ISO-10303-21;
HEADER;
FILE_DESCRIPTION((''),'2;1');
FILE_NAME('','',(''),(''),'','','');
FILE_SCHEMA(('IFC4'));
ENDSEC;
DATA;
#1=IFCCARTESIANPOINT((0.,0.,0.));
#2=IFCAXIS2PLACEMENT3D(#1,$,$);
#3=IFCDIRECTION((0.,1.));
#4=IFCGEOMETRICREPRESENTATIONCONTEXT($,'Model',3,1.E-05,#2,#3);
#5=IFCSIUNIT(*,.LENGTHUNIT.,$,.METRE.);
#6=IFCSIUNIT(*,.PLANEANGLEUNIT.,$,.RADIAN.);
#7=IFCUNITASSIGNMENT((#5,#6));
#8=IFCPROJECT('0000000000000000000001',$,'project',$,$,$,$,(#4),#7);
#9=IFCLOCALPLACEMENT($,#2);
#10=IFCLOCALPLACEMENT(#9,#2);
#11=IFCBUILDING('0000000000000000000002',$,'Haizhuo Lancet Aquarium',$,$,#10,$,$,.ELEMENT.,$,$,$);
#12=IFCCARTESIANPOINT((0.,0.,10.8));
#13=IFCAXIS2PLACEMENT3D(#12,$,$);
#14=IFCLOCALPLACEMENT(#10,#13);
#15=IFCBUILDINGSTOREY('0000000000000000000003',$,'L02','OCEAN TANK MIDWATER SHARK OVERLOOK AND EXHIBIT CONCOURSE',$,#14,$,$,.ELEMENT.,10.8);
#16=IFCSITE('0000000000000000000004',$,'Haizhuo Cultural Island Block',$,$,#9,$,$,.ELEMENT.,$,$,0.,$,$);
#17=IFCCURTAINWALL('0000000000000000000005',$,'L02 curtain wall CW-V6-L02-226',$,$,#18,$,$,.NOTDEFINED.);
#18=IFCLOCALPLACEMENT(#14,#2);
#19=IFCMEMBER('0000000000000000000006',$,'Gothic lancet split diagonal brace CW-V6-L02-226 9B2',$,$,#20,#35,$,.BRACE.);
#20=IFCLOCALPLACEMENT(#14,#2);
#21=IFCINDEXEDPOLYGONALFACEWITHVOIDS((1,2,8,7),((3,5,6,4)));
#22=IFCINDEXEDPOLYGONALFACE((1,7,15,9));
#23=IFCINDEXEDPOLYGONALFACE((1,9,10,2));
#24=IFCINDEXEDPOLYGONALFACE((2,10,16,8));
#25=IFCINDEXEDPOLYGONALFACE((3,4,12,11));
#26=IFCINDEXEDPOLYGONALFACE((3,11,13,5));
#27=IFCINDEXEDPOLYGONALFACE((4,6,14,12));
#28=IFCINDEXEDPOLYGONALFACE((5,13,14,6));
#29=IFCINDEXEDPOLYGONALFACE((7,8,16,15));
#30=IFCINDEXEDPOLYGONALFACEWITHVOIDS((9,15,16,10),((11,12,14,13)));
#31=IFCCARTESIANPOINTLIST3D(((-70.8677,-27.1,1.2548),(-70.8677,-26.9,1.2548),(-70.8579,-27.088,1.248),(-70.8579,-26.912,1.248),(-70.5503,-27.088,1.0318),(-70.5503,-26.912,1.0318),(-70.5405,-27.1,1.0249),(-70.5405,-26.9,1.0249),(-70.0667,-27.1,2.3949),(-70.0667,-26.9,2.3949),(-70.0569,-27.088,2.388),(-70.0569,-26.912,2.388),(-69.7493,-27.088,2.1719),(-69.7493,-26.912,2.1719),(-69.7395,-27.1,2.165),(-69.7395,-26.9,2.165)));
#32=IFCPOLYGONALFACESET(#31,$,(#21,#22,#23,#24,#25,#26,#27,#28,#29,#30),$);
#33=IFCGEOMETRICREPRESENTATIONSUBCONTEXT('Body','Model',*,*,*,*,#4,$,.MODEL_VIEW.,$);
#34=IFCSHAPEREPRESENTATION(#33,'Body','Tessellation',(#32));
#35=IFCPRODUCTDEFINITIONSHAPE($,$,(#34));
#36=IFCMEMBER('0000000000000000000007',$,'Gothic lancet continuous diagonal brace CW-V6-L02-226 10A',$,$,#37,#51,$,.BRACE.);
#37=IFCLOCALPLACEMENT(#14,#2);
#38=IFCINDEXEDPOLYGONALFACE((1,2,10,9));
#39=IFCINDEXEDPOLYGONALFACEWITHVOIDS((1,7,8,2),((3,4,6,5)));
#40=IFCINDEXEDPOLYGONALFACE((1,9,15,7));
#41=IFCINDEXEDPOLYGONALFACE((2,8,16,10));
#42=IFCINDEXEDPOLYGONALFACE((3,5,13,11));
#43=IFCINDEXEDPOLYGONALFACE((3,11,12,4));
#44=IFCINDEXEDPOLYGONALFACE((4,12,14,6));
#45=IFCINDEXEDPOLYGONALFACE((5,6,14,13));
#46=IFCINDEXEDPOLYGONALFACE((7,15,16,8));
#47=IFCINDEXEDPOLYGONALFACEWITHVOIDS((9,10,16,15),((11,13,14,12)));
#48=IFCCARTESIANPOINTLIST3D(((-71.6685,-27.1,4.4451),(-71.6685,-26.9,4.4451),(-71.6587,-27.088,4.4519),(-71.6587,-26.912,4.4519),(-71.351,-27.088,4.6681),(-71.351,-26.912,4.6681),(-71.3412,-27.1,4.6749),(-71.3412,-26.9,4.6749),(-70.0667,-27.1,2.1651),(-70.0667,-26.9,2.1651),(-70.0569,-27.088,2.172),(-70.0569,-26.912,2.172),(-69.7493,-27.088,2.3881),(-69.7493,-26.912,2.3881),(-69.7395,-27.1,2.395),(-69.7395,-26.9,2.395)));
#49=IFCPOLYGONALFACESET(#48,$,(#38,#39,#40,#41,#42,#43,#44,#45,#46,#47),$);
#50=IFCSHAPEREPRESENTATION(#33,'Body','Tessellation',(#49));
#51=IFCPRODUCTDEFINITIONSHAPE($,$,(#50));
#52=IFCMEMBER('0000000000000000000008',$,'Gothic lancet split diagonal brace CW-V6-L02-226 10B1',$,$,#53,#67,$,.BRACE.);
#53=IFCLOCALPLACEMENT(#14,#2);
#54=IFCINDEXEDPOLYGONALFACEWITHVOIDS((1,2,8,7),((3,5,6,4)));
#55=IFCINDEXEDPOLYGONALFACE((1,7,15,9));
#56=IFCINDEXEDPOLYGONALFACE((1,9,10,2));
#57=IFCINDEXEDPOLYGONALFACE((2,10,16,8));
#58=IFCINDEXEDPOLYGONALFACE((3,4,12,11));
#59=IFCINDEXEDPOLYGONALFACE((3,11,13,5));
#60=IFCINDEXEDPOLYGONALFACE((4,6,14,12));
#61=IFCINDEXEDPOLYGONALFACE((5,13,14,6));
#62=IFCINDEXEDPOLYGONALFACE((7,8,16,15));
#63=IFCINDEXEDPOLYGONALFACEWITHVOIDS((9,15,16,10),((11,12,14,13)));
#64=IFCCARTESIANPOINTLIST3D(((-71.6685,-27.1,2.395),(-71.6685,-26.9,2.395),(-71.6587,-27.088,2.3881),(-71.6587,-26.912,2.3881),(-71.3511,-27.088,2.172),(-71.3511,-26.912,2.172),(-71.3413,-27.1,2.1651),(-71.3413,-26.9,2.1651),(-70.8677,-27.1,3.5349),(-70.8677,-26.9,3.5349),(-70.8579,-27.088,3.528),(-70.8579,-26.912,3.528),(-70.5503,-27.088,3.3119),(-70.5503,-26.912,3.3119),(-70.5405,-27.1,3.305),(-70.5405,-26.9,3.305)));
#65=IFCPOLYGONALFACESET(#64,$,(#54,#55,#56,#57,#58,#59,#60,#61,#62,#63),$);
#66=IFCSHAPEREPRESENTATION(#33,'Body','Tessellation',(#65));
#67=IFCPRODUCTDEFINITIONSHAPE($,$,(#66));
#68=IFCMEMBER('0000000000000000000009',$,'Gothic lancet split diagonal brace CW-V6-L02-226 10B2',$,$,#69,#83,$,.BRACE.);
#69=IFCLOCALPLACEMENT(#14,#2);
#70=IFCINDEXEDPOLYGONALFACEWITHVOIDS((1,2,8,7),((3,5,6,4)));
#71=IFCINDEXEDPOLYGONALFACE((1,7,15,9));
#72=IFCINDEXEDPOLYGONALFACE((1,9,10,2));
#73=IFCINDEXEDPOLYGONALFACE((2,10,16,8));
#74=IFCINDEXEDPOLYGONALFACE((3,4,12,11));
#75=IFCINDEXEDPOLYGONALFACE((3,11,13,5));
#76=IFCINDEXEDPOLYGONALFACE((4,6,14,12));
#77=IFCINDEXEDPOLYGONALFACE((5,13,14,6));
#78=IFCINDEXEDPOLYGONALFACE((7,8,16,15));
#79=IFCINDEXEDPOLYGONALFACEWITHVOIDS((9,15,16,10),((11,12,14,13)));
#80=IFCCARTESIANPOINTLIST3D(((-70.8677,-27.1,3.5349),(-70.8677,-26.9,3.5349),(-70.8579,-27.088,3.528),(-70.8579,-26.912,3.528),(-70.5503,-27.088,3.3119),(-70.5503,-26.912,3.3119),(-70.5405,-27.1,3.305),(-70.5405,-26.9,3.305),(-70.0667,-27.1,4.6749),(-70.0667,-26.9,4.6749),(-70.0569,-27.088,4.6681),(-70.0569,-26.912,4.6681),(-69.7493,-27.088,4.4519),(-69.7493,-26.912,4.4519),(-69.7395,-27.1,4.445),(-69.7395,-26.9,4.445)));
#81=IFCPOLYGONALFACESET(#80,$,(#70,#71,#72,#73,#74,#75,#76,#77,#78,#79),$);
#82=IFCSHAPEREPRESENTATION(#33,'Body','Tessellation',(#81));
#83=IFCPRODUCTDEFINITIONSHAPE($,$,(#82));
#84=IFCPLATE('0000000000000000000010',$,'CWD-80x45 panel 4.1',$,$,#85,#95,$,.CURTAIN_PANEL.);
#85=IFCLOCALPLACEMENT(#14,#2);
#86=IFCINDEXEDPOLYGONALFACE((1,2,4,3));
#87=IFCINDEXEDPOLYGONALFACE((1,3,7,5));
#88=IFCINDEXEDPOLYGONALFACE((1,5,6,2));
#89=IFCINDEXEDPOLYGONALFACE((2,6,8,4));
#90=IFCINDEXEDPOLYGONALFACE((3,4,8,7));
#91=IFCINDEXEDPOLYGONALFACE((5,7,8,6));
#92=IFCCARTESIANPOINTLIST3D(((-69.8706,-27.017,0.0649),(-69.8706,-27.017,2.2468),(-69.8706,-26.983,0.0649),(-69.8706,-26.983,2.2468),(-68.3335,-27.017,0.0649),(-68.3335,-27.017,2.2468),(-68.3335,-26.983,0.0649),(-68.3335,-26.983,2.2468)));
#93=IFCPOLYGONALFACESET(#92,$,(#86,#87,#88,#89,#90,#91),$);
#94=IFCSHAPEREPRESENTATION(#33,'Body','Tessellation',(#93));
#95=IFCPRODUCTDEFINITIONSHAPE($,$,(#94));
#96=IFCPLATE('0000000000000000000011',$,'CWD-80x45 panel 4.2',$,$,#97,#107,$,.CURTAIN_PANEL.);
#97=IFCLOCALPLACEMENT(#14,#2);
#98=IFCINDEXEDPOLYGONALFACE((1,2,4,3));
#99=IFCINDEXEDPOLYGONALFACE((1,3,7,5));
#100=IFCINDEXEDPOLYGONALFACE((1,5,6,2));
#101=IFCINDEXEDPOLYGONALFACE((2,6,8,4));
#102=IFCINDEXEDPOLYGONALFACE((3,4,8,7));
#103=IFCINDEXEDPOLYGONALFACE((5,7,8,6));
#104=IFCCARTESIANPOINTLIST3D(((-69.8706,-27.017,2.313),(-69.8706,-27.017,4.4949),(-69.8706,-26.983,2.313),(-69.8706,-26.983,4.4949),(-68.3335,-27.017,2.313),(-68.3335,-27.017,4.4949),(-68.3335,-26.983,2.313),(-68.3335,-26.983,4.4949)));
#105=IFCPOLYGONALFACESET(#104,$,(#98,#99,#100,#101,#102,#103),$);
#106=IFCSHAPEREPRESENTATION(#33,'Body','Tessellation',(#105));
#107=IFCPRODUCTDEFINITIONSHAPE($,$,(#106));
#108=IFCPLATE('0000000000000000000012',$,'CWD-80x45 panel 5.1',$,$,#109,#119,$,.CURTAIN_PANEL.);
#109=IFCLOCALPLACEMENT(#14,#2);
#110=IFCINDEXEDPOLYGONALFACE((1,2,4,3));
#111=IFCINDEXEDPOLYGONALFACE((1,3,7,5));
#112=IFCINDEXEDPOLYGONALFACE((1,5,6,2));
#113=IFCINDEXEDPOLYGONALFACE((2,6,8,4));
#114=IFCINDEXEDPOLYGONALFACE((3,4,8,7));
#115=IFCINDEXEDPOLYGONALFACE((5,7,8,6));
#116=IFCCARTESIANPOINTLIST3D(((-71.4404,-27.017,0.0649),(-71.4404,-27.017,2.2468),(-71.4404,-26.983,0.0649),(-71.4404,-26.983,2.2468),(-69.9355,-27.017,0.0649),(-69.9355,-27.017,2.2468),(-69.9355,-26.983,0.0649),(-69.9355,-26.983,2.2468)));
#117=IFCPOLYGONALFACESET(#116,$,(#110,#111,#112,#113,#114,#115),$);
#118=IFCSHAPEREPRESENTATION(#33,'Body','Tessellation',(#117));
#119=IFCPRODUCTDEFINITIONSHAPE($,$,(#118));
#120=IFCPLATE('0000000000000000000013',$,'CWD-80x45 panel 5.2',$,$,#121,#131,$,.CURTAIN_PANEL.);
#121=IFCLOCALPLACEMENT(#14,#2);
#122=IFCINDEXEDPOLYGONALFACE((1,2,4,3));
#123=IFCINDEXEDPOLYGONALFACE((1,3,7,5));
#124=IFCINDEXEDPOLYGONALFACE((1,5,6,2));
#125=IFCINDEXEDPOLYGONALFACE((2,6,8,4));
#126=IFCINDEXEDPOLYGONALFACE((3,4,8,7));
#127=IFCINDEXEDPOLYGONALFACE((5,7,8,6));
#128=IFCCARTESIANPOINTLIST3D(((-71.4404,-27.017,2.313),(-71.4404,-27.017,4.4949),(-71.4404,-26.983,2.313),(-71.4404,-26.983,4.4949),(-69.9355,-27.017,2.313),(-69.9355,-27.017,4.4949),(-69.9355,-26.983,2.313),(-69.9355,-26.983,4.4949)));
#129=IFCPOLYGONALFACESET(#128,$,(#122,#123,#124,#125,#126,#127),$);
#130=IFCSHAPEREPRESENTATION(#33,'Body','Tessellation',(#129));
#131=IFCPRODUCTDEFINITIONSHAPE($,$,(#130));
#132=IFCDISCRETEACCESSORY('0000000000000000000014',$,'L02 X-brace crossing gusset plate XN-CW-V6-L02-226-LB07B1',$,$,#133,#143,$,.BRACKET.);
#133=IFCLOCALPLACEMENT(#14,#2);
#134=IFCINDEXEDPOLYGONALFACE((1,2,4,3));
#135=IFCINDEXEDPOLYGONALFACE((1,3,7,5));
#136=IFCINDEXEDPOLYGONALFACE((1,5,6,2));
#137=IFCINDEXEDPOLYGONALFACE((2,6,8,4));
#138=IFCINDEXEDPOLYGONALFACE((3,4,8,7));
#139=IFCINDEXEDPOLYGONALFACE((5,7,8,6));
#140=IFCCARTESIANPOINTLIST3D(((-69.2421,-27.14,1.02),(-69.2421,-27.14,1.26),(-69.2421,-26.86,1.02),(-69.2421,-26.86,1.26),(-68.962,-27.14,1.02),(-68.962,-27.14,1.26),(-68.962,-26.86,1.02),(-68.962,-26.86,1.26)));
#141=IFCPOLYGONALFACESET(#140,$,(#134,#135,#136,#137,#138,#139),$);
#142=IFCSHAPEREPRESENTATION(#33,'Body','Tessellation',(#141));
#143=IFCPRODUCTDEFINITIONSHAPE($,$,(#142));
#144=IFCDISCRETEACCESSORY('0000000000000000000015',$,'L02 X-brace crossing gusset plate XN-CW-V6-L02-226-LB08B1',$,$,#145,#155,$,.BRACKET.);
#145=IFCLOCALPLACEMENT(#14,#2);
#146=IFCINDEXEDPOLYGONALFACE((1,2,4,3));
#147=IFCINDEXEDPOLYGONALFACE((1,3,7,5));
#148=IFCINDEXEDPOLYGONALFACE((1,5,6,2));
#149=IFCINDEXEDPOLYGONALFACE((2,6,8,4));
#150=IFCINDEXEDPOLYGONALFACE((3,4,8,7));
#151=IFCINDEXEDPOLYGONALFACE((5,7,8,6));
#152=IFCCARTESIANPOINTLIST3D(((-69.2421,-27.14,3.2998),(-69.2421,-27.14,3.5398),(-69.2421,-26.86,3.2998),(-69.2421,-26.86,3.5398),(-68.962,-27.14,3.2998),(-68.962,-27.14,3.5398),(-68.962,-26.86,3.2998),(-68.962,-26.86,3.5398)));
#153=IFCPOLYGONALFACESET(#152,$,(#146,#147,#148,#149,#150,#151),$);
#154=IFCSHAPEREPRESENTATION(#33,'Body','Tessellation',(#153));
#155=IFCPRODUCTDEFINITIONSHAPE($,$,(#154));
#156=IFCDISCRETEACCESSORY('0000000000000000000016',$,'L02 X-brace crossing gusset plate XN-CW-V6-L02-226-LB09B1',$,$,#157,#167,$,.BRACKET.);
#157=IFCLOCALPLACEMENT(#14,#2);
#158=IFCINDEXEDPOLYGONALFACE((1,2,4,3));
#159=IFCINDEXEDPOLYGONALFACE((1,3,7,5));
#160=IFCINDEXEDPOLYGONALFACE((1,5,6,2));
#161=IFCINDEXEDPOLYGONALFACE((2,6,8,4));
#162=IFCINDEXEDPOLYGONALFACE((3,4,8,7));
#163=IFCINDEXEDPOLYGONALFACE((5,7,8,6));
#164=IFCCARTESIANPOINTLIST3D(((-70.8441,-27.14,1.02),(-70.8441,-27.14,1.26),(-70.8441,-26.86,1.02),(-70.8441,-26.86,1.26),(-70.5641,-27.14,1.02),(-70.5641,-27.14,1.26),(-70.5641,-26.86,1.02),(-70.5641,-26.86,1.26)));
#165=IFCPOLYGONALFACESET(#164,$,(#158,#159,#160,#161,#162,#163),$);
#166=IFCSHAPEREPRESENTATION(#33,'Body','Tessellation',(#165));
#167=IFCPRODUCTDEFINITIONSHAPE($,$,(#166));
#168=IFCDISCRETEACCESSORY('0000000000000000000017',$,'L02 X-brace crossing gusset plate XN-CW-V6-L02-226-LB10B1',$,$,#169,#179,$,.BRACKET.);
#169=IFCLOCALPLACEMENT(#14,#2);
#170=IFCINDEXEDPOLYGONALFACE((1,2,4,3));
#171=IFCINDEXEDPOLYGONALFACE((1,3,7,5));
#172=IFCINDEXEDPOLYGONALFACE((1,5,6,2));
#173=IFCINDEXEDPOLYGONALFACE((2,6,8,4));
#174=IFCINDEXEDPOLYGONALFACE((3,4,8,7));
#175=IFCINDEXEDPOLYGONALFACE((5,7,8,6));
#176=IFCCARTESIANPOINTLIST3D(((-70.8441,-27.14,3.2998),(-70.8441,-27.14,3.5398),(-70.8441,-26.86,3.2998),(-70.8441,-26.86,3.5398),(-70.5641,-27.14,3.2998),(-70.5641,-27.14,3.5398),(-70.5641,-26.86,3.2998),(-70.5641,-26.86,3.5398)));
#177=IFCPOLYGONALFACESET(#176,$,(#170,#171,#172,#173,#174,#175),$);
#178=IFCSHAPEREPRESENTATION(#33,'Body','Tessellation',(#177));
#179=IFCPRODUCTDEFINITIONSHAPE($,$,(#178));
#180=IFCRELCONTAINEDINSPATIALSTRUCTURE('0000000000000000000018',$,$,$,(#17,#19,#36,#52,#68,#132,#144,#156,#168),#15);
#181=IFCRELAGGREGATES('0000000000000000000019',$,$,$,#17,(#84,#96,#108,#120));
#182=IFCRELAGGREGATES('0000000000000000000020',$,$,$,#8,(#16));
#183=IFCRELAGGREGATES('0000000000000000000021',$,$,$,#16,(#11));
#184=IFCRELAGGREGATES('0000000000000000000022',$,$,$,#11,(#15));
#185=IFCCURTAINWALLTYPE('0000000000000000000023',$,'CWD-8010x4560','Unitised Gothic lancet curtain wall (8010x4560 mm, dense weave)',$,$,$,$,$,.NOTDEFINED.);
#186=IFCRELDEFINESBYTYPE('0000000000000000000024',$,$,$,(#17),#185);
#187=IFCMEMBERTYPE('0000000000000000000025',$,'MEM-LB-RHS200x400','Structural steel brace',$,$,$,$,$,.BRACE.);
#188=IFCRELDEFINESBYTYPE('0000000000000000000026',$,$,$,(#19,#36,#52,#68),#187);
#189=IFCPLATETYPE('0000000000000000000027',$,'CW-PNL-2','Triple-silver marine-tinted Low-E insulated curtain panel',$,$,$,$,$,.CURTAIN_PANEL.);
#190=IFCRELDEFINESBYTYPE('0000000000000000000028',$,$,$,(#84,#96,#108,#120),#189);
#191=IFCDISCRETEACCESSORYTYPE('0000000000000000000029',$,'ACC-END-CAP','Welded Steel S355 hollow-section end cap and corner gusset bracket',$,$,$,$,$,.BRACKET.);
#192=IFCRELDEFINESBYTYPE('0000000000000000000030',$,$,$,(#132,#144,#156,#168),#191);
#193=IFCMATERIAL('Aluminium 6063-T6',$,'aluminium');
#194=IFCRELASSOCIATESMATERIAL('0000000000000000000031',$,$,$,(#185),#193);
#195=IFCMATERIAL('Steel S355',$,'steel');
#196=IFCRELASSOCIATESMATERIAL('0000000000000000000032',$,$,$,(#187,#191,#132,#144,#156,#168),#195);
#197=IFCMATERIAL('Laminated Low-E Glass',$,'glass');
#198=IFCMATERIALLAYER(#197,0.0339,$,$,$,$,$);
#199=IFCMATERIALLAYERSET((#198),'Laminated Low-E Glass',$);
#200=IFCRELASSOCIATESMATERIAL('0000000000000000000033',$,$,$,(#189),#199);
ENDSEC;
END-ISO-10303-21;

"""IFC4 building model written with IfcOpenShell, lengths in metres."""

from ifc_helpers import new_model, si_unit, direction, frame, origin, origin_2d, place, context, subcontext, project, spatial, rectangle, hollow_rectangle, extrude, material, layer, layer_set, material_profile, profile_set, type_object, element, aggregate, save


model = new_model("IFC4")

# Units and contexts
model_context = context("Model", 3, precision=1e-05, world=origin(), true_north=direction((0.0, 1.0)))
body_context = subcontext(model_context, "Body", "Model", "MODEL_VIEW")
ifc_project = project(units=[si_unit("LENGTHUNIT", "METRE"), si_unit("PLANEANGLEUNIT", "RADIAN")], contexts=[model_context])

# Site, building, storey
site_placement = place(None, origin())
site = spatial("IfcSite", under=ifc_project, at=site_placement, Name="Haizhuo Cultural Island Block", CompositionType="ELEMENT", RefElevation=0.0)
building_placement = place(site_placement, origin())
building = spatial("IfcBuilding", under=site, at=building_placement, Name="Haizhuo Lancet Aquarium", CompositionType="ELEMENT")
storey_placement = place(building_placement, frame((0.0, 0.0, 10.8)))
storey = spatial("IfcBuildingStorey", under=building, at=storey_placement, Name="L02", Description="OCEAN TANK MIDWATER SHARK OVERLOOK AND EXHIBIT CONCOURSE", CompositionType="ELEMENT", Elevation=10.8)

# Curtain wall
ifc_material_1 = material(Name="Aluminium 6063-T6", Category="aluminium")
curtain_wall_type = type_object("IfcCurtainWallType", Name="CWD-8010x4560", Description="Unitised Gothic lancet curtain wall (8010x4560 mm, dense weave)", PredefinedType="NOTDEFINED", material=ifc_material_1)
curtain_wall_placement = place(storey_placement, origin())
curtain_wall = element("IfcCurtainWall", 1, at=curtain_wall_placement, inside=storey, type_object=curtain_wall_type, Name="L02 curtain wall CW-V6-L02-226", PredefinedType="NOTDEFINED")

# Members
ifc_material_2 = material(Name="Steel S355", Category="steel")
ifc_material_profile_1 = material_profile(ifc_material_2, hollow_rectangle(XDim=0.2, YDim=0.3999, WallThickness=0.012, at=origin_2d()), Name="RHS 200x400x12")
ifc_profile_set_1 = profile_set([ifc_material_profile_1], Name="Steel S355")
member_type_1 = type_object("IfcMemberType", Name="MEM-LB-RHS200x400", Description="Structural steel brace", PredefinedType="BRACE", material=ifc_profile_set_1)
member_1_placement = place(storey_placement, frame((-70.7041, -27.0, 1.1399), z_axis=(0.574873, 0.0, 0.818243), x_axis=(0.0, 1.0, 0.0)))
element("IfcMember", 2, at=member_1_placement, inside=storey, type_object=member_type_1, Name="Gothic lancet split diagonal brace CW-V6-L02-226 9B2", PredefinedType="BRACE", context=body_context, shape_type="SweptSolid", body=[
    extrude(hollow_rectangle(XDim=0.2, YDim=0.3999, WallThickness=0.012, at=origin_2d()), origin(), (0.0, 0.0, 1.0), 1.3933),
])
member_2_placement = place(storey_placement, frame((-69.9031, -27.0, 2.28), z_axis=(-0.574855, 0.0, 0.818255), x_axis=(0.0, -1.0, 0.0)))
element("IfcMember", 3, at=member_2_placement, inside=storey, type_object=member_type_1, Name="Gothic lancet continuous diagonal brace CW-V6-L02-226 10A", PredefinedType="BRACE", context=body_context, shape_type="SweptSolid", body=[
    extrude(hollow_rectangle(XDim=0.2, YDim=0.3999, WallThickness=0.012, at=origin_2d()), origin(), (0.0, 0.0, 1.0), 2.7864),
])
member_3_placement = place(storey_placement, frame((-71.5049, -27.0, 2.28), z_axis=(0.574838, 0.0, 0.818267), x_axis=(0.0, 1.0, 0.0)))
element("IfcMember", 4, at=member_3_placement, inside=storey, type_object=member_type_1, Name="Gothic lancet split diagonal brace CW-V6-L02-226 10B1", PredefinedType="BRACE", context=body_context, shape_type="SweptSolid", body=[
    extrude(hollow_rectangle(XDim=0.2, YDim=0.3999, WallThickness=0.012, at=origin_2d()), origin(), (0.0, 0.0, 1.0), 1.3931),
])
member_4_placement = place(storey_placement, frame((-70.7041, -27.0, 3.4199), z_axis=(0.574873, 0.0, 0.818243), x_axis=(0.0, 1.0, 0.0)))
element("IfcMember", 5, at=member_4_placement, inside=storey, type_object=member_type_1, Name="Gothic lancet split diagonal brace CW-V6-L02-226 10B2", PredefinedType="BRACE", context=body_context, shape_type="SweptSolid", body=[
    extrude(hollow_rectangle(XDim=0.2, YDim=0.3999, WallThickness=0.012, at=origin_2d()), origin(), (0.0, 0.0, 1.0), 1.3933),
])

# Plates
ifc_material_3 = material(Name="Laminated Low-E Glass", Category="glass")
ifc_layer = layer(ifc_material_3, 0.0339)
ifc_layer_set = layer_set([ifc_layer], Name="Laminated Low-E Glass")
plate_type = type_object("IfcPlateType", Name="CW-PNL-2", Description="Triple-silver marine-tinted Low-E insulated curtain panel", PredefinedType="CURTAIN_PANEL", material=ifc_layer_set)
plate_1_placement = place(storey_placement, frame((-69.1021, -27.0, 0.0649), z_axis=(0.0, 0.0, 1.0), x_axis=(-1.0, 0.0, 0.0)))
plate_1 = element("IfcPlate", 6, at=plate_1_placement, type_object=plate_type, Name="CWD-80x45 panel 4.1", PredefinedType="CURTAIN_PANEL", context=body_context, shape_type="SweptSolid", body=[
    extrude(rectangle(XDim=1.5371, YDim=0.0339, at=origin_2d()), origin(), (0.0, 0.0, 1.0), 2.1819),
])
plate_2_placement = place(storey_placement, frame((-69.1021, -27.0, 2.313), z_axis=(0.0, 0.0, 1.0), x_axis=(-1.0, 0.0, 0.0)))
plate_2 = element("IfcPlate", 7, at=plate_2_placement, type_object=plate_type, Name="CWD-80x45 panel 4.2", PredefinedType="CURTAIN_PANEL", context=body_context, shape_type="SweptSolid", body=[
    extrude(rectangle(XDim=1.5371, YDim=0.0339, at=origin_2d()), origin(), (0.0, 0.0, 1.0), 2.1819),
])
plate_3_placement = place(storey_placement, frame((-70.688, -27.0, 0.0649), z_axis=(0.0, 0.0, 1.0), x_axis=(-1.0, 0.0, 0.0)))
plate_3 = element("IfcPlate", 8, at=plate_3_placement, type_object=plate_type, Name="CWD-80x45 panel 5.1", PredefinedType="CURTAIN_PANEL", context=body_context, shape_type="SweptSolid", body=[
    extrude(rectangle(XDim=1.5049, YDim=0.0339, at=origin_2d()), origin(), (0.0, 0.0, 1.0), 2.1819),
])
plate_4_placement = place(storey_placement, frame((-70.688, -27.0, 2.313), z_axis=(0.0, 0.0, 1.0), x_axis=(-1.0, 0.0, 0.0)))
plate_4 = element("IfcPlate", 9, at=plate_4_placement, type_object=plate_type, Name="CWD-80x45 panel 5.2", PredefinedType="CURTAIN_PANEL", context=body_context, shape_type="SweptSolid", body=[
    extrude(rectangle(XDim=1.5049, YDim=0.0339, at=origin_2d()), origin(), (0.0, 0.0, 1.0), 2.1819),
])
aggregate(curtain_wall, [plate_1, plate_2, plate_3, plate_4])

# Discrete accessories
discrete_accessory_type = type_object("IfcDiscreteAccessoryType", Name="ACC-END-CAP", Description="Welded Steel S355 hollow-section end cap and corner gusset bracket", PredefinedType="BRACKET", material=ifc_material_2)
for number, where, z_axis, x_axis, name in (
    (10, (-69.1021, -27.0, 1.02), (0.0, 0.0, 1.0), (1.0, 0.0, 0.0), "L02 X-brace crossing gusset plate XN-CW-V6-L02-226-LB07B1"),
    (11, (-69.1021, -27.0, 3.2998), (0.0, 0.0, 1.0), (1.0, 0.0, 0.0), "L02 X-brace crossing gusset plate XN-CW-V6-L02-226-LB08B1"),
    (12, (-70.7041, -27.0, 1.02), (0.0, 0.0, 1.0), (1.0, 0.0, 0.0), "L02 X-brace crossing gusset plate XN-CW-V6-L02-226-LB09B1"),
    (13, (-70.7041, -27.0, 3.2998), (0.0, 0.0, 1.0), (1.0, 0.0, 0.0), "L02 X-brace crossing gusset plate XN-CW-V6-L02-226-LB10B1"),
):
    element("IfcDiscreteAccessory", number, at=place(storey_placement, frame(where, z_axis=z_axis, x_axis=x_axis)), inside=storey, type_object=discrete_accessory_type, material=ifc_material_2, Name=name, PredefinedType="BRACKET", context=body_context, shape_type="SweptSolid", body=[
        extrude(rectangle(XDim=0.28, YDim=0.28, at=origin_2d()), origin(), (0.0, 0.0, 1.0), 0.24),
    ])

save(model, "model.ifc")
